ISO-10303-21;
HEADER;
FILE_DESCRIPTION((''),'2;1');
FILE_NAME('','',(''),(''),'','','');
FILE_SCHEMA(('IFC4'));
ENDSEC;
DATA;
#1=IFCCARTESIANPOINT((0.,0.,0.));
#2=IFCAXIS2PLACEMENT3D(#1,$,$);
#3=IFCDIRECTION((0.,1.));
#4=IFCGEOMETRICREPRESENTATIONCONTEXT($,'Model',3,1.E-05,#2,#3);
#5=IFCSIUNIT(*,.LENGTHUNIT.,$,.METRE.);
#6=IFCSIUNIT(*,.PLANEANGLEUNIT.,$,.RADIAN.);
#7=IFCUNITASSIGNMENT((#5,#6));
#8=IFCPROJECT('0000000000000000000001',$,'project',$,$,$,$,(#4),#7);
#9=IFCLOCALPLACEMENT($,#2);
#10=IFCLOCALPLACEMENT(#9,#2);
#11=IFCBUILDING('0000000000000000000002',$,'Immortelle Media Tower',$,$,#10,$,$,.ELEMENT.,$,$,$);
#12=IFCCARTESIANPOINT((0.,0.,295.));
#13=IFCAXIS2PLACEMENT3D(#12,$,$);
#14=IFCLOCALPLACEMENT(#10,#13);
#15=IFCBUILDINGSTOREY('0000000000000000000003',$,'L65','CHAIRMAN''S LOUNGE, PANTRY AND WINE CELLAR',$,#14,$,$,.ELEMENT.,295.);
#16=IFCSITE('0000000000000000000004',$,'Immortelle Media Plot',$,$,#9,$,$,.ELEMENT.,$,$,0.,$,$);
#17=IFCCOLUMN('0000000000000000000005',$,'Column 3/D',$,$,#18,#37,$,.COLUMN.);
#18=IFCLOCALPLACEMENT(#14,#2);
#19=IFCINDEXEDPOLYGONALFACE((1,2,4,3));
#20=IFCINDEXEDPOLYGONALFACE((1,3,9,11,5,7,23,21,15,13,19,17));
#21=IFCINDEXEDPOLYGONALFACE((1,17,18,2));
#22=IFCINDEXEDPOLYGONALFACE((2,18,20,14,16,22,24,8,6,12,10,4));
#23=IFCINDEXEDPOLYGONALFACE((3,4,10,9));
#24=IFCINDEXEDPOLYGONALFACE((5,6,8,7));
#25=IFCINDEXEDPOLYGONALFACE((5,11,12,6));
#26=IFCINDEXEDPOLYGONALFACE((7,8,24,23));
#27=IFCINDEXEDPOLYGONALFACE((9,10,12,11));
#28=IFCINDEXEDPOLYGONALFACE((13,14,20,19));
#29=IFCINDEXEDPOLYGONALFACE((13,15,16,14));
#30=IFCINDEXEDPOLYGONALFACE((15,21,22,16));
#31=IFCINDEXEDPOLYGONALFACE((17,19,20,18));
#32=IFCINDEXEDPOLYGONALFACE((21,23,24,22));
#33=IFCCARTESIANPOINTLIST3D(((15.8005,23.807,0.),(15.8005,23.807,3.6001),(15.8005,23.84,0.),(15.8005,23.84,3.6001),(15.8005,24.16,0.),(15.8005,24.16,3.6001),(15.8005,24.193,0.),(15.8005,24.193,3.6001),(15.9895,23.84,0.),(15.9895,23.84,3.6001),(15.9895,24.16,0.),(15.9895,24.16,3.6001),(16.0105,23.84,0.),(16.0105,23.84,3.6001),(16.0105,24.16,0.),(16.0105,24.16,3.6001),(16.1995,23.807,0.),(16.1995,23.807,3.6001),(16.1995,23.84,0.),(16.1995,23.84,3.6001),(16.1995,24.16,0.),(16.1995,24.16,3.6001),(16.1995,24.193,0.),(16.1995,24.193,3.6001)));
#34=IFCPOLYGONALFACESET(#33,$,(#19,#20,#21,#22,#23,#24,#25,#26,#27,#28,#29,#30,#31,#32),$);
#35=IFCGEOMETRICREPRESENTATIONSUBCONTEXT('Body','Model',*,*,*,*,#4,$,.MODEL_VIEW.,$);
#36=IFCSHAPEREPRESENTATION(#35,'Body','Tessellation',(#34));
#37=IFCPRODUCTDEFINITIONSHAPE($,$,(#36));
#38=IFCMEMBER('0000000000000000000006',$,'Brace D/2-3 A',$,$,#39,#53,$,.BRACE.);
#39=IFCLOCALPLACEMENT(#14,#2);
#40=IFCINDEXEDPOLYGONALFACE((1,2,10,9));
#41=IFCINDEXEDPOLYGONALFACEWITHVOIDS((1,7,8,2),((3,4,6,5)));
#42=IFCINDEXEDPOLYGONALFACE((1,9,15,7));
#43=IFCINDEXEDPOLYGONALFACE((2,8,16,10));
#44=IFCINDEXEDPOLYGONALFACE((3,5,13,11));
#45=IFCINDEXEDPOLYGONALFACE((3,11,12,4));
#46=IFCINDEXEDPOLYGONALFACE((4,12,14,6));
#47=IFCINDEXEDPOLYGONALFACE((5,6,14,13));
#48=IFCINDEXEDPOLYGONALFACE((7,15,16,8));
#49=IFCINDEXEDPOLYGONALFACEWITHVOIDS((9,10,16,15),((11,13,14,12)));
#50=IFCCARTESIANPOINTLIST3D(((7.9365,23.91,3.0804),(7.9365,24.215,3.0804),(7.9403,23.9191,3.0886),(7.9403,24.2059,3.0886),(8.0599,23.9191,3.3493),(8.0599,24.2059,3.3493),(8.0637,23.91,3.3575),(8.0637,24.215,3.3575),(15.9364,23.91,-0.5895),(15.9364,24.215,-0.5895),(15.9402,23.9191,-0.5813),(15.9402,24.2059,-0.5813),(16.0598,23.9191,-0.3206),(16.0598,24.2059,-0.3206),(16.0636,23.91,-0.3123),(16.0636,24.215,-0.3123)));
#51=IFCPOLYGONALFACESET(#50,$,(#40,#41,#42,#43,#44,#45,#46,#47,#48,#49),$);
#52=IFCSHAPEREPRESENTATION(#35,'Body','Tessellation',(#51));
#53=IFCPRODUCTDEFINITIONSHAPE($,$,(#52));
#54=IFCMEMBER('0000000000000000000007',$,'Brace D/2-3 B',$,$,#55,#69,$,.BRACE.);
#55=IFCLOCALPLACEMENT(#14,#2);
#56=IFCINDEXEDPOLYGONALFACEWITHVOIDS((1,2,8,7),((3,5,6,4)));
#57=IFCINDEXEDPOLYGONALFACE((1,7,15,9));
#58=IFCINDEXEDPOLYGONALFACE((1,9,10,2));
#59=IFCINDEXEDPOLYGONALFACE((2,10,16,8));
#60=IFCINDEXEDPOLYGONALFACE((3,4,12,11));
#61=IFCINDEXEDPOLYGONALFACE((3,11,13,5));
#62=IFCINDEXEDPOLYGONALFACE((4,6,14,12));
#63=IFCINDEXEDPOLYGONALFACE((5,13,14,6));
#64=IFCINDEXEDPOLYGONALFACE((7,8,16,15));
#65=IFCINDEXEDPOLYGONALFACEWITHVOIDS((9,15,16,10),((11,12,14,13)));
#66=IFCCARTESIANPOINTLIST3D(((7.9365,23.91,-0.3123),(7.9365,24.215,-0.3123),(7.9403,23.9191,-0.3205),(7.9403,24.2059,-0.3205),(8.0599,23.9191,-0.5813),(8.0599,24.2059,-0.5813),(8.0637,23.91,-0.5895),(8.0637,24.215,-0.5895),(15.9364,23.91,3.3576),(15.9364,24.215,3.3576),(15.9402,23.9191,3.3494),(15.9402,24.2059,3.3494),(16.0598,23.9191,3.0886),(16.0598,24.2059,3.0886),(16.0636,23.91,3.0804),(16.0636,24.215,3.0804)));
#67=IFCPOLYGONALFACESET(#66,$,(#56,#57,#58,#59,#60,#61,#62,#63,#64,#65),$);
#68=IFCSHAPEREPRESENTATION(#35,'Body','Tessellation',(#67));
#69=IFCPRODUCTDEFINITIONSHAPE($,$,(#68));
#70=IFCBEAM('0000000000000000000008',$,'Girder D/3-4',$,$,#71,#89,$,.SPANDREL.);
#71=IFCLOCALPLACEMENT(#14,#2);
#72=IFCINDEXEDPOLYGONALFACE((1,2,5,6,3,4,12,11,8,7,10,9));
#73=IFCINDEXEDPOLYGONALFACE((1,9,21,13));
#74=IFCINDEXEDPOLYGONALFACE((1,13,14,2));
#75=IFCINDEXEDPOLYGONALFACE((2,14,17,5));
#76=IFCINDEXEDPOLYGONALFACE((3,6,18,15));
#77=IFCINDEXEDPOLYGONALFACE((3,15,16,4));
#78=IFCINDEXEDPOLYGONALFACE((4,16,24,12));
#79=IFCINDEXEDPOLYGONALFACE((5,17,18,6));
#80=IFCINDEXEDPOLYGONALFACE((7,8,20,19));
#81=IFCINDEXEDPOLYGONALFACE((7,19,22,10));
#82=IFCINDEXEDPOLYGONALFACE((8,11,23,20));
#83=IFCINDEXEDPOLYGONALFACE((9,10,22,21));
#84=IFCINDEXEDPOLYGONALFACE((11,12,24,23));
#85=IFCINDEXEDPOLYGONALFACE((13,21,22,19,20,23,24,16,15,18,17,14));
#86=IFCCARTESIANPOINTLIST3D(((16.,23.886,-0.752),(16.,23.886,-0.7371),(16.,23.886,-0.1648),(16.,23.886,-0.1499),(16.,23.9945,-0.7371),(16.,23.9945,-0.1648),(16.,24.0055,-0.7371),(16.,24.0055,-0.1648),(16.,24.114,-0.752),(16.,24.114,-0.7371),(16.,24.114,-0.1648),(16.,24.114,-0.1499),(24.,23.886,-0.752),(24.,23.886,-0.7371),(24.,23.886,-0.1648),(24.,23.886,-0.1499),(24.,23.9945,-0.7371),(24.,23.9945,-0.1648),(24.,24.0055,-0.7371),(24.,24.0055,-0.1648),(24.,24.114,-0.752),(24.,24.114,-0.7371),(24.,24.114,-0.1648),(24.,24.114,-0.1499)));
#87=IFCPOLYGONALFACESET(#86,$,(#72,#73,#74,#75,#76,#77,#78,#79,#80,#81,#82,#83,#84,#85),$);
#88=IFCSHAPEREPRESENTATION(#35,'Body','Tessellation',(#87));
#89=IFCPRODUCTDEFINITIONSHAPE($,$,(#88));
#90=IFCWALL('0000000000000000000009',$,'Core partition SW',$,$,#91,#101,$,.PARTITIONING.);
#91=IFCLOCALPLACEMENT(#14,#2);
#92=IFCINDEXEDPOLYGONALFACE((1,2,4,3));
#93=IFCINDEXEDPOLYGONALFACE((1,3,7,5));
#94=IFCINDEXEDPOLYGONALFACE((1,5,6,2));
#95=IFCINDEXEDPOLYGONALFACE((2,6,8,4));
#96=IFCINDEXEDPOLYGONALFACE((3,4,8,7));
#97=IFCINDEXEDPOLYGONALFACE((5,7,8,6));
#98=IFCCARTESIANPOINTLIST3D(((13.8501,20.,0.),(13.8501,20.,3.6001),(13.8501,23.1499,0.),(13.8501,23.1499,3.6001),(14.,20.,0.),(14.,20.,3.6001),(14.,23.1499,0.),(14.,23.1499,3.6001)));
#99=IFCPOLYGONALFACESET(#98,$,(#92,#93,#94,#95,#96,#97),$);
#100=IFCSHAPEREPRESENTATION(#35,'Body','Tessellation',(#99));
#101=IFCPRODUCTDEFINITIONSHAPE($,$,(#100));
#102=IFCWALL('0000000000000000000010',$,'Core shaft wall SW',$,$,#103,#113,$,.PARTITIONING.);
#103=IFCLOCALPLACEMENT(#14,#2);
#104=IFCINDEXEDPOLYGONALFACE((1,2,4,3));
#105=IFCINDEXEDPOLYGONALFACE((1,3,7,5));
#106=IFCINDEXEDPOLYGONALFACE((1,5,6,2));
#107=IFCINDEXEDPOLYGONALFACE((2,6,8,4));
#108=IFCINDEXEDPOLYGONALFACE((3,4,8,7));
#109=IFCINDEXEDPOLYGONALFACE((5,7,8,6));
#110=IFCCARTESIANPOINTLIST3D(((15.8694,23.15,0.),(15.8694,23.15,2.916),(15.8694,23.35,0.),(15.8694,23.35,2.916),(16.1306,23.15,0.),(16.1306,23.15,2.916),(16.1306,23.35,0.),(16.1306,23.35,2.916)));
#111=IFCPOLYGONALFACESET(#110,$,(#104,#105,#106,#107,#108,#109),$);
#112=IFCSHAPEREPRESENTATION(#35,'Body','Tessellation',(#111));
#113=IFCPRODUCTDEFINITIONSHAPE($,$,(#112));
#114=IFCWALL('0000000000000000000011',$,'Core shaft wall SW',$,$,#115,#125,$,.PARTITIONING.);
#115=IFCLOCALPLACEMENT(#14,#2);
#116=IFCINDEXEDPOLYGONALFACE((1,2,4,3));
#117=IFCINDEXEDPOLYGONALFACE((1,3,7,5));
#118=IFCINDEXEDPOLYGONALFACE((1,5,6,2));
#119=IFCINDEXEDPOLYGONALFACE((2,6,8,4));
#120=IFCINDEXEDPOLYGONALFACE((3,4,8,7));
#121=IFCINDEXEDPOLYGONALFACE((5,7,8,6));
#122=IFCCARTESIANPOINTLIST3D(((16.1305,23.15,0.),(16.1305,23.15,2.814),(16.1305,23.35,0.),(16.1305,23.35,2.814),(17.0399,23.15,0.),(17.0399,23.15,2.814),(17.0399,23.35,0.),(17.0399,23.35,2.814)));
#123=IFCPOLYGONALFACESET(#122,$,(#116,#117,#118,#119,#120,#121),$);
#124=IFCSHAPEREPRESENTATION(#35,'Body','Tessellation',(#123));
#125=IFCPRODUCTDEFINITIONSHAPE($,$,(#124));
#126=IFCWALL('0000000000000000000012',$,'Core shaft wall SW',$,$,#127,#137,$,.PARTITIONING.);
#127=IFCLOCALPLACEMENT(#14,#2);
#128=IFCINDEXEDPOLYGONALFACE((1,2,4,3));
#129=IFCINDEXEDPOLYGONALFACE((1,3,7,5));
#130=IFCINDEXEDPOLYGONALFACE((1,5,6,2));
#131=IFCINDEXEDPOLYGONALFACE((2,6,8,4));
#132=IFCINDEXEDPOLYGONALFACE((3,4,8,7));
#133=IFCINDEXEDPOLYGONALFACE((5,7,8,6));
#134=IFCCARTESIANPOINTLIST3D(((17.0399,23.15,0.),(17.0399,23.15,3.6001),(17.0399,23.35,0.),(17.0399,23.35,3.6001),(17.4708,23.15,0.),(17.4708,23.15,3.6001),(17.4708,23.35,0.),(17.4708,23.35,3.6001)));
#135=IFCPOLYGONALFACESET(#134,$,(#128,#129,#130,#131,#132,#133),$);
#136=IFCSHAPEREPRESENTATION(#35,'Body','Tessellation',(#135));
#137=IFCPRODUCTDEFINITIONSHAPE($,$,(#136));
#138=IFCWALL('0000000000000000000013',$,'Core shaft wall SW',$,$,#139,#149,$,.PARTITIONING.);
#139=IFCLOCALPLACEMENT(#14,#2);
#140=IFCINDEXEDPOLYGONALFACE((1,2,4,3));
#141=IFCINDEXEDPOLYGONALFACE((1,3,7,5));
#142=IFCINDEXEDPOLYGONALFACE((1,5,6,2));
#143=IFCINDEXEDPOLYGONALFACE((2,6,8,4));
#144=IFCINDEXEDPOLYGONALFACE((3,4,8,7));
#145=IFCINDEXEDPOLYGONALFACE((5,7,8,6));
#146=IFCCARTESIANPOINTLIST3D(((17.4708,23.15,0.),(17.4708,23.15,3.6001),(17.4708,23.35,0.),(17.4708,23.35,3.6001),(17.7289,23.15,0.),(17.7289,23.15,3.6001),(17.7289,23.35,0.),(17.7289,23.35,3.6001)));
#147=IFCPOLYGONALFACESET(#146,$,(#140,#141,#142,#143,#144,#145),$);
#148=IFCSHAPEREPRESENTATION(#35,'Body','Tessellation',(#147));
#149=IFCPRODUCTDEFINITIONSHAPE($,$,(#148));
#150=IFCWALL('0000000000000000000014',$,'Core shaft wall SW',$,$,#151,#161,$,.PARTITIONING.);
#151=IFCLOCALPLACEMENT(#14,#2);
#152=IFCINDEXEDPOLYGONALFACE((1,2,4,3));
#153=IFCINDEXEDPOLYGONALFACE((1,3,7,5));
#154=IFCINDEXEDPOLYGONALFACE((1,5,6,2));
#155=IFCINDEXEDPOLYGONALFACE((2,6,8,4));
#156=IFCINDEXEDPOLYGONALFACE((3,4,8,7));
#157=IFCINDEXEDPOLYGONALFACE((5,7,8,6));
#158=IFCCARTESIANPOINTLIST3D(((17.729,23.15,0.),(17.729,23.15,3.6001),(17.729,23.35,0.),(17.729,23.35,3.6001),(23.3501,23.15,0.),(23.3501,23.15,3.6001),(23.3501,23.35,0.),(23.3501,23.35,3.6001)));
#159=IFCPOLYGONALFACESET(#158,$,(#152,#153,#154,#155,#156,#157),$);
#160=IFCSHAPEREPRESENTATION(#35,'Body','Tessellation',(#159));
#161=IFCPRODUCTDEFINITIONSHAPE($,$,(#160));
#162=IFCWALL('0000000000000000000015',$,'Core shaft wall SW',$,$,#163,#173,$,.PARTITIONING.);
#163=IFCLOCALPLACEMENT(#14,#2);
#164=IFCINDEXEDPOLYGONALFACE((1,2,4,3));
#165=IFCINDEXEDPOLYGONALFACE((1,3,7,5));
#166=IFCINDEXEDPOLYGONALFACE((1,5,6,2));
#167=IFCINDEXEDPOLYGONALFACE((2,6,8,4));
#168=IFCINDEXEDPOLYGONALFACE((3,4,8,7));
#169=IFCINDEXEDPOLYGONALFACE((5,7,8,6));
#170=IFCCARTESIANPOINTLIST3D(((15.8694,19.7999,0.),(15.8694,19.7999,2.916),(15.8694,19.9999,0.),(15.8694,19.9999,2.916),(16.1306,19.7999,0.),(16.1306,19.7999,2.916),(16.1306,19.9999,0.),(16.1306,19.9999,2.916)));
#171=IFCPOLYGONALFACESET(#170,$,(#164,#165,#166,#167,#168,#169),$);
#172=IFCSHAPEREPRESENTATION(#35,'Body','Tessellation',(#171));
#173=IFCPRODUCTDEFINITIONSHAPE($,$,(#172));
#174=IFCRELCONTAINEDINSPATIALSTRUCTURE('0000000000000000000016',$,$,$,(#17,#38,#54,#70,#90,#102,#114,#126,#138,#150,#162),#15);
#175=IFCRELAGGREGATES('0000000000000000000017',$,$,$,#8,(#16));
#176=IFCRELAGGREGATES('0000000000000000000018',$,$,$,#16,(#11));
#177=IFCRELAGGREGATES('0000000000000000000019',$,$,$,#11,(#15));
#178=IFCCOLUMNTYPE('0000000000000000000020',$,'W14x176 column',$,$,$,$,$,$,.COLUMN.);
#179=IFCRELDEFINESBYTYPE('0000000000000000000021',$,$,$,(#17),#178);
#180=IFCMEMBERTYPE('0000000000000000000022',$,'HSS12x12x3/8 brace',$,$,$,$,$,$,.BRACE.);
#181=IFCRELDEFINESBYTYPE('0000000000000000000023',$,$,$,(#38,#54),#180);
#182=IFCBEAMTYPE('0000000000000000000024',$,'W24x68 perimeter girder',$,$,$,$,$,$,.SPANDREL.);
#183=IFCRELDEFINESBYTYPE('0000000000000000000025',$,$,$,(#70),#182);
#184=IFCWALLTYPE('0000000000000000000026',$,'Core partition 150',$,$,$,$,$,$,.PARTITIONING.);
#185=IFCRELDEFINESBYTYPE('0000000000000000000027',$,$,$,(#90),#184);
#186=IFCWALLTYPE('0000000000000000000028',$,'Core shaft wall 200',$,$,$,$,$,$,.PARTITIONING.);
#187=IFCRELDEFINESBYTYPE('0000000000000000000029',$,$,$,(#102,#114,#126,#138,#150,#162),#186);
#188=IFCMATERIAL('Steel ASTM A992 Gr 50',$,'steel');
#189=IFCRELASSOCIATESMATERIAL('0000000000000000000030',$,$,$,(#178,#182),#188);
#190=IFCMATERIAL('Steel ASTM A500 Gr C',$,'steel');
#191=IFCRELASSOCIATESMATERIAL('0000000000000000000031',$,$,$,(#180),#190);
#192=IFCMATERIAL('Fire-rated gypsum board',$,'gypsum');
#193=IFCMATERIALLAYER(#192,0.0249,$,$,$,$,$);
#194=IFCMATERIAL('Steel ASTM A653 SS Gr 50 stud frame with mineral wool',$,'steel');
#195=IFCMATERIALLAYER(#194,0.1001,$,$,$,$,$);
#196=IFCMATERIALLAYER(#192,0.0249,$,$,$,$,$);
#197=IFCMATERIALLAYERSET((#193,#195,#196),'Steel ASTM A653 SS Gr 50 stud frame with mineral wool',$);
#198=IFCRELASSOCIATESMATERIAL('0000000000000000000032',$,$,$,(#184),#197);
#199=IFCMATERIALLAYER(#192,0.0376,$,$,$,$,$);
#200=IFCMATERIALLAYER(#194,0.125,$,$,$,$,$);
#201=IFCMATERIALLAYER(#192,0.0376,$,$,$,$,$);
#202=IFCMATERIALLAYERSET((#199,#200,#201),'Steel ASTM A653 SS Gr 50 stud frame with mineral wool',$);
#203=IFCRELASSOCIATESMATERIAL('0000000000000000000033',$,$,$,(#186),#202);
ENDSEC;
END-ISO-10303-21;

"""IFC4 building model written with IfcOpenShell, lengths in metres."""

from ifc_helpers import new_model, si_unit, direction, frame, frame_2d, origin, origin_2d, place, context, subcontext, project, spatial, rectangle, hollow_rectangle, i_section, extrude, material, layer, layer_set, material_profile, profile_set, type_object, element, save


model = new_model("IFC4")

# Units and contexts
model_context = context("Model", 3, precision=1e-05, world=origin(), true_north=direction((0.0, 1.0)))
body_context = subcontext(model_context, "Body", "Model", "MODEL_VIEW")
ifc_project = project(units=[si_unit("LENGTHUNIT", "METRE"), si_unit("PLANEANGLEUNIT", "RADIAN")], contexts=[model_context])

# Site, building, storey
site_placement = place(None, origin())
site = spatial("IfcSite", under=ifc_project, at=site_placement, Name="Immortelle Media Plot", CompositionType="ELEMENT", RefElevation=0.0)
building_placement = place(site_placement, origin())
building = spatial("IfcBuilding", under=site, at=building_placement, Name="Immortelle Media Tower", CompositionType="ELEMENT")
storey_placement = place(building_placement, frame((0.0, 0.0, 295.0)))
storey = spatial("IfcBuildingStorey", under=building, at=storey_placement, Name="L65", Description="CHAIRMAN'S LOUNGE, PANTRY AND WINE CELLAR", CompositionType="ELEMENT", Elevation=295.0)

# Column
ifc_material_1 = material(Name="Steel ASTM A992 Gr 50", Category="steel")
ifc_material_profile_1 = material_profile(ifc_material_1, i_section(OverallWidth=0.3989, OverallDepth=0.386, WebThickness=0.021, FlangeThickness=0.033, at=origin_2d()), Name="W14x176")
ifc_profile_set_1 = profile_set([ifc_material_profile_1], Name="Steel ASTM A992 Gr 50")
column_type = type_object("IfcColumnType", Name="W14x176 column", PredefinedType="COLUMN", material=ifc_profile_set_1)
column_placement = place(storey_placement, frame((16.0, 24.0, 0.0), z_axis=(0.0, 0.0, 1.0), x_axis=(1.0, 0.0, 0.0)))
element("IfcColumn", 1, at=column_placement, inside=storey, type_object=column_type, Name="Column 3/D", PredefinedType="COLUMN", context=body_context, shape_type="SweptSolid", body=[
    extrude(i_section(OverallWidth=0.3989, OverallDepth=0.386, WebThickness=0.021, FlangeThickness=0.033, at=origin_2d()), origin(), (0.0, 0.0, 1.0), 3.6001),
])

# Members
ifc_material_2 = material(Name="Steel ASTM A500 Gr C", Category="steel")
ifc_material_profile_2 = material_profile(ifc_material_2, hollow_rectangle(XDim=0.3049, YDim=0.3049, WallThickness=0.009, at=origin_2d()), Name="HSS12x12x3/8 brace")
ifc_profile_set_2 = profile_set([ifc_material_profile_2], Name="Steel ASTM A500 Gr C")
member_type = type_object("IfcMemberType", Name="HSS12x12x3/8 brace", PredefinedType="BRACE", material=ifc_profile_set_2)
for number, where, z_axis, x_axis, name in (
    (2, (16.0, 24.0625, -0.4509), (-0.908925, 0.0, 0.41696), (0.0, -1.0, 0.0), "Brace D/2-3 A"),
    (3, (16.0, 24.0625, 3.219), (-0.908925, 0.0, -0.41696), (0.0, -1.0, 0.0), "Brace D/2-3 B"),
):
    element("IfcMember", number, at=place(storey_placement, frame(where, z_axis=z_axis, x_axis=x_axis)), inside=storey, type_object=member_type, Name=name, PredefinedType="BRACE", context=body_context, shape_type="SweptSolid", body=[
        extrude(hollow_rectangle(XDim=0.3049, YDim=0.3049, WallThickness=0.009, at=origin_2d()), origin(), (0.0, 0.0, 1.0), 8.8015),
    ])

# Beam
ifc_material_profile_3 = material_profile(ifc_material_1, i_section(OverallWidth=0.228, OverallDepth=0.6021, WebThickness=0.011, FlangeThickness=0.0149, at=origin_2d()), Name="W24x68")
ifc_profile_set_3 = profile_set([ifc_material_profile_3], Name="Steel ASTM A992 Gr 50")
beam_type = type_object("IfcBeamType", Name="W24x68 perimeter girder", PredefinedType="SPANDREL", material=ifc_profile_set_3)
beam_placement = place(storey_placement, frame((16.0, 24.0, -0.4509), z_axis=(1.0, 0.0, 0.0), x_axis=(0.0, 1.0, 0.0)))
element("IfcBeam", 4, at=beam_placement, inside=storey, type_object=beam_type, Name="Girder D/3-4", PredefinedType="SPANDREL", context=body_context, shape_type="SweptSolid", body=[
    extrude(i_section(OverallWidth=0.228, OverallDepth=0.6021, WebThickness=0.011, FlangeThickness=0.0149, at=origin_2d()), origin(), (0.0, 0.0, 1.0), 8.0),
])

# Walls
ifc_material_3 = material(Name="Fire-rated gypsum board", Category="gypsum")
ifc_layer_1 = layer(ifc_material_3, 0.0249)
ifc_material_4 = material(Name="Steel ASTM A653 SS Gr 50 stud frame with mineral wool", Category="steel")
ifc_layer_2 = layer(ifc_material_4, 0.1001)
ifc_layer_3 = layer(ifc_material_3, 0.0249)
ifc_layer_set_1 = layer_set([ifc_layer_1, ifc_layer_2, ifc_layer_3], Name="Steel ASTM A653 SS Gr 50 stud frame with mineral wool")
wall_type_1 = type_object("IfcWallType", Name="Core partition 150", PredefinedType="PARTITIONING", material=ifc_layer_set_1)
wall_1_placement = place(storey_placement, frame((13.925, 20.0, 0.0), z_axis=(0.0, 0.0, 1.0), x_axis=(0.0, 1.0, 0.0)))
element("IfcWall", 5, at=wall_1_placement, inside=storey, type_object=wall_type_1, Name="Core partition SW", PredefinedType="PARTITIONING", context=body_context, shape_type="SweptSolid", body=[
    extrude(rectangle(XDim=3.1499, YDim=0.1499, at=frame_2d((1.575, 0.0))), origin(), (0.0, 0.0, 1.0), 3.6001),
])
ifc_layer_4 = layer(ifc_material_3, 0.0376)
ifc_layer_5 = layer(ifc_material_4, 0.125)
ifc_layer_6 = layer(ifc_material_3, 0.0376)
ifc_layer_set_2 = layer_set([ifc_layer_4, ifc_layer_5, ifc_layer_6], Name="Steel ASTM A653 SS Gr 50 stud frame with mineral wool")
wall_type_2 = type_object("IfcWallType", Name="Core shaft wall 200", PredefinedType="PARTITIONING", material=ifc_layer_set_2)
wall_2_placement = place(storey_placement, frame((15.8694, 23.25, 0.0), z_axis=(0.0, 0.0, 1.0), x_axis=(1.0, 0.0, 0.0)))
element("IfcWall", 6, at=wall_2_placement, inside=storey, type_object=wall_type_2, Name="Core shaft wall SW", PredefinedType="PARTITIONING", context=body_context, shape_type="SweptSolid", body=[
    extrude(rectangle(XDim=0.2612, YDim=0.2, at=frame_2d((0.1306, 0.0))), origin(), (0.0, 0.0, 1.0), 2.916),
])
wall_3_placement = place(storey_placement, frame((16.1306, 23.25, 0.0), z_axis=(0.0, 0.0, 1.0), x_axis=(1.0, 0.0, 0.0)))
element("IfcWall", 7, at=wall_3_placement, inside=storey, type_object=wall_type_2, Name="Core shaft wall SW", PredefinedType="PARTITIONING", context=body_context, shape_type="SweptSolid", body=[
    extrude(rectangle(XDim=0.9094, YDim=0.2, at=frame_2d((0.4546, 0.0))), origin(), (0.0, 0.0, 1.0), 2.814),
])
wall_4_placement = place(storey_placement, frame((17.04, 23.25, 0.0), z_axis=(0.0, 0.0, 1.0), x_axis=(1.0, 0.0, 0.0)))
element("IfcWall", 8, at=wall_4_placement, inside=storey, type_object=wall_type_2, Name="Core shaft wall SW", PredefinedType="PARTITIONING", context=body_context, shape_type="SweptSolid", body=[
    extrude(rectangle(XDim=0.4309, YDim=0.2, at=frame_2d((0.2153, 0.0))), origin(), (0.0, 0.0, 1.0), 3.6001),
])
wall_5_placement = place(storey_placement, frame((17.4709, 23.25, 0.0), z_axis=(0.0, 0.0, 1.0), x_axis=(1.0, 0.0, 0.0)))
element("IfcWall", 9, at=wall_5_placement, inside=storey, type_object=wall_type_2, Name="Core shaft wall SW", PredefinedType="PARTITIONING", context=body_context, shape_type="SweptSolid", body=[
    extrude(rectangle(XDim=0.2581, YDim=0.2, at=frame_2d((0.1289, 0.0))), origin(), (0.0, 0.0, 1.0), 3.6001),
])
wall_6_placement = place(storey_placement, frame((17.729, 23.25, 0.0), z_axis=(0.0, 0.0, 1.0), x_axis=(1.0, 0.0, 0.0)))
element("IfcWall", 10, at=wall_6_placement, inside=storey, type_object=wall_type_2, Name="Core shaft wall SW", PredefinedType="PARTITIONING", context=body_context, shape_type="SweptSolid", body=[
    extrude(rectangle(XDim=5.6211, YDim=0.2, at=frame_2d((2.8105, 0.0))), origin(), (0.0, 0.0, 1.0), 3.6001),
])
wall_7_placement = place(storey_placement, frame((15.8694, 19.8999, 0.0), z_axis=(0.0, 0.0, 1.0), x_axis=(1.0, 0.0, 0.0)))
element("IfcWall", 11, at=wall_7_placement, inside=storey, type_object=wall_type_2, Name="Core shaft wall SW", PredefinedType="PARTITIONING", context=body_context, shape_type="SweptSolid", body=[
    extrude(rectangle(XDim=0.2612, YDim=0.2, at=frame_2d((0.1306, 0.0))), origin(), (0.0, 0.0, 1.0), 2.916),
])

save(model, "model.ifc")
